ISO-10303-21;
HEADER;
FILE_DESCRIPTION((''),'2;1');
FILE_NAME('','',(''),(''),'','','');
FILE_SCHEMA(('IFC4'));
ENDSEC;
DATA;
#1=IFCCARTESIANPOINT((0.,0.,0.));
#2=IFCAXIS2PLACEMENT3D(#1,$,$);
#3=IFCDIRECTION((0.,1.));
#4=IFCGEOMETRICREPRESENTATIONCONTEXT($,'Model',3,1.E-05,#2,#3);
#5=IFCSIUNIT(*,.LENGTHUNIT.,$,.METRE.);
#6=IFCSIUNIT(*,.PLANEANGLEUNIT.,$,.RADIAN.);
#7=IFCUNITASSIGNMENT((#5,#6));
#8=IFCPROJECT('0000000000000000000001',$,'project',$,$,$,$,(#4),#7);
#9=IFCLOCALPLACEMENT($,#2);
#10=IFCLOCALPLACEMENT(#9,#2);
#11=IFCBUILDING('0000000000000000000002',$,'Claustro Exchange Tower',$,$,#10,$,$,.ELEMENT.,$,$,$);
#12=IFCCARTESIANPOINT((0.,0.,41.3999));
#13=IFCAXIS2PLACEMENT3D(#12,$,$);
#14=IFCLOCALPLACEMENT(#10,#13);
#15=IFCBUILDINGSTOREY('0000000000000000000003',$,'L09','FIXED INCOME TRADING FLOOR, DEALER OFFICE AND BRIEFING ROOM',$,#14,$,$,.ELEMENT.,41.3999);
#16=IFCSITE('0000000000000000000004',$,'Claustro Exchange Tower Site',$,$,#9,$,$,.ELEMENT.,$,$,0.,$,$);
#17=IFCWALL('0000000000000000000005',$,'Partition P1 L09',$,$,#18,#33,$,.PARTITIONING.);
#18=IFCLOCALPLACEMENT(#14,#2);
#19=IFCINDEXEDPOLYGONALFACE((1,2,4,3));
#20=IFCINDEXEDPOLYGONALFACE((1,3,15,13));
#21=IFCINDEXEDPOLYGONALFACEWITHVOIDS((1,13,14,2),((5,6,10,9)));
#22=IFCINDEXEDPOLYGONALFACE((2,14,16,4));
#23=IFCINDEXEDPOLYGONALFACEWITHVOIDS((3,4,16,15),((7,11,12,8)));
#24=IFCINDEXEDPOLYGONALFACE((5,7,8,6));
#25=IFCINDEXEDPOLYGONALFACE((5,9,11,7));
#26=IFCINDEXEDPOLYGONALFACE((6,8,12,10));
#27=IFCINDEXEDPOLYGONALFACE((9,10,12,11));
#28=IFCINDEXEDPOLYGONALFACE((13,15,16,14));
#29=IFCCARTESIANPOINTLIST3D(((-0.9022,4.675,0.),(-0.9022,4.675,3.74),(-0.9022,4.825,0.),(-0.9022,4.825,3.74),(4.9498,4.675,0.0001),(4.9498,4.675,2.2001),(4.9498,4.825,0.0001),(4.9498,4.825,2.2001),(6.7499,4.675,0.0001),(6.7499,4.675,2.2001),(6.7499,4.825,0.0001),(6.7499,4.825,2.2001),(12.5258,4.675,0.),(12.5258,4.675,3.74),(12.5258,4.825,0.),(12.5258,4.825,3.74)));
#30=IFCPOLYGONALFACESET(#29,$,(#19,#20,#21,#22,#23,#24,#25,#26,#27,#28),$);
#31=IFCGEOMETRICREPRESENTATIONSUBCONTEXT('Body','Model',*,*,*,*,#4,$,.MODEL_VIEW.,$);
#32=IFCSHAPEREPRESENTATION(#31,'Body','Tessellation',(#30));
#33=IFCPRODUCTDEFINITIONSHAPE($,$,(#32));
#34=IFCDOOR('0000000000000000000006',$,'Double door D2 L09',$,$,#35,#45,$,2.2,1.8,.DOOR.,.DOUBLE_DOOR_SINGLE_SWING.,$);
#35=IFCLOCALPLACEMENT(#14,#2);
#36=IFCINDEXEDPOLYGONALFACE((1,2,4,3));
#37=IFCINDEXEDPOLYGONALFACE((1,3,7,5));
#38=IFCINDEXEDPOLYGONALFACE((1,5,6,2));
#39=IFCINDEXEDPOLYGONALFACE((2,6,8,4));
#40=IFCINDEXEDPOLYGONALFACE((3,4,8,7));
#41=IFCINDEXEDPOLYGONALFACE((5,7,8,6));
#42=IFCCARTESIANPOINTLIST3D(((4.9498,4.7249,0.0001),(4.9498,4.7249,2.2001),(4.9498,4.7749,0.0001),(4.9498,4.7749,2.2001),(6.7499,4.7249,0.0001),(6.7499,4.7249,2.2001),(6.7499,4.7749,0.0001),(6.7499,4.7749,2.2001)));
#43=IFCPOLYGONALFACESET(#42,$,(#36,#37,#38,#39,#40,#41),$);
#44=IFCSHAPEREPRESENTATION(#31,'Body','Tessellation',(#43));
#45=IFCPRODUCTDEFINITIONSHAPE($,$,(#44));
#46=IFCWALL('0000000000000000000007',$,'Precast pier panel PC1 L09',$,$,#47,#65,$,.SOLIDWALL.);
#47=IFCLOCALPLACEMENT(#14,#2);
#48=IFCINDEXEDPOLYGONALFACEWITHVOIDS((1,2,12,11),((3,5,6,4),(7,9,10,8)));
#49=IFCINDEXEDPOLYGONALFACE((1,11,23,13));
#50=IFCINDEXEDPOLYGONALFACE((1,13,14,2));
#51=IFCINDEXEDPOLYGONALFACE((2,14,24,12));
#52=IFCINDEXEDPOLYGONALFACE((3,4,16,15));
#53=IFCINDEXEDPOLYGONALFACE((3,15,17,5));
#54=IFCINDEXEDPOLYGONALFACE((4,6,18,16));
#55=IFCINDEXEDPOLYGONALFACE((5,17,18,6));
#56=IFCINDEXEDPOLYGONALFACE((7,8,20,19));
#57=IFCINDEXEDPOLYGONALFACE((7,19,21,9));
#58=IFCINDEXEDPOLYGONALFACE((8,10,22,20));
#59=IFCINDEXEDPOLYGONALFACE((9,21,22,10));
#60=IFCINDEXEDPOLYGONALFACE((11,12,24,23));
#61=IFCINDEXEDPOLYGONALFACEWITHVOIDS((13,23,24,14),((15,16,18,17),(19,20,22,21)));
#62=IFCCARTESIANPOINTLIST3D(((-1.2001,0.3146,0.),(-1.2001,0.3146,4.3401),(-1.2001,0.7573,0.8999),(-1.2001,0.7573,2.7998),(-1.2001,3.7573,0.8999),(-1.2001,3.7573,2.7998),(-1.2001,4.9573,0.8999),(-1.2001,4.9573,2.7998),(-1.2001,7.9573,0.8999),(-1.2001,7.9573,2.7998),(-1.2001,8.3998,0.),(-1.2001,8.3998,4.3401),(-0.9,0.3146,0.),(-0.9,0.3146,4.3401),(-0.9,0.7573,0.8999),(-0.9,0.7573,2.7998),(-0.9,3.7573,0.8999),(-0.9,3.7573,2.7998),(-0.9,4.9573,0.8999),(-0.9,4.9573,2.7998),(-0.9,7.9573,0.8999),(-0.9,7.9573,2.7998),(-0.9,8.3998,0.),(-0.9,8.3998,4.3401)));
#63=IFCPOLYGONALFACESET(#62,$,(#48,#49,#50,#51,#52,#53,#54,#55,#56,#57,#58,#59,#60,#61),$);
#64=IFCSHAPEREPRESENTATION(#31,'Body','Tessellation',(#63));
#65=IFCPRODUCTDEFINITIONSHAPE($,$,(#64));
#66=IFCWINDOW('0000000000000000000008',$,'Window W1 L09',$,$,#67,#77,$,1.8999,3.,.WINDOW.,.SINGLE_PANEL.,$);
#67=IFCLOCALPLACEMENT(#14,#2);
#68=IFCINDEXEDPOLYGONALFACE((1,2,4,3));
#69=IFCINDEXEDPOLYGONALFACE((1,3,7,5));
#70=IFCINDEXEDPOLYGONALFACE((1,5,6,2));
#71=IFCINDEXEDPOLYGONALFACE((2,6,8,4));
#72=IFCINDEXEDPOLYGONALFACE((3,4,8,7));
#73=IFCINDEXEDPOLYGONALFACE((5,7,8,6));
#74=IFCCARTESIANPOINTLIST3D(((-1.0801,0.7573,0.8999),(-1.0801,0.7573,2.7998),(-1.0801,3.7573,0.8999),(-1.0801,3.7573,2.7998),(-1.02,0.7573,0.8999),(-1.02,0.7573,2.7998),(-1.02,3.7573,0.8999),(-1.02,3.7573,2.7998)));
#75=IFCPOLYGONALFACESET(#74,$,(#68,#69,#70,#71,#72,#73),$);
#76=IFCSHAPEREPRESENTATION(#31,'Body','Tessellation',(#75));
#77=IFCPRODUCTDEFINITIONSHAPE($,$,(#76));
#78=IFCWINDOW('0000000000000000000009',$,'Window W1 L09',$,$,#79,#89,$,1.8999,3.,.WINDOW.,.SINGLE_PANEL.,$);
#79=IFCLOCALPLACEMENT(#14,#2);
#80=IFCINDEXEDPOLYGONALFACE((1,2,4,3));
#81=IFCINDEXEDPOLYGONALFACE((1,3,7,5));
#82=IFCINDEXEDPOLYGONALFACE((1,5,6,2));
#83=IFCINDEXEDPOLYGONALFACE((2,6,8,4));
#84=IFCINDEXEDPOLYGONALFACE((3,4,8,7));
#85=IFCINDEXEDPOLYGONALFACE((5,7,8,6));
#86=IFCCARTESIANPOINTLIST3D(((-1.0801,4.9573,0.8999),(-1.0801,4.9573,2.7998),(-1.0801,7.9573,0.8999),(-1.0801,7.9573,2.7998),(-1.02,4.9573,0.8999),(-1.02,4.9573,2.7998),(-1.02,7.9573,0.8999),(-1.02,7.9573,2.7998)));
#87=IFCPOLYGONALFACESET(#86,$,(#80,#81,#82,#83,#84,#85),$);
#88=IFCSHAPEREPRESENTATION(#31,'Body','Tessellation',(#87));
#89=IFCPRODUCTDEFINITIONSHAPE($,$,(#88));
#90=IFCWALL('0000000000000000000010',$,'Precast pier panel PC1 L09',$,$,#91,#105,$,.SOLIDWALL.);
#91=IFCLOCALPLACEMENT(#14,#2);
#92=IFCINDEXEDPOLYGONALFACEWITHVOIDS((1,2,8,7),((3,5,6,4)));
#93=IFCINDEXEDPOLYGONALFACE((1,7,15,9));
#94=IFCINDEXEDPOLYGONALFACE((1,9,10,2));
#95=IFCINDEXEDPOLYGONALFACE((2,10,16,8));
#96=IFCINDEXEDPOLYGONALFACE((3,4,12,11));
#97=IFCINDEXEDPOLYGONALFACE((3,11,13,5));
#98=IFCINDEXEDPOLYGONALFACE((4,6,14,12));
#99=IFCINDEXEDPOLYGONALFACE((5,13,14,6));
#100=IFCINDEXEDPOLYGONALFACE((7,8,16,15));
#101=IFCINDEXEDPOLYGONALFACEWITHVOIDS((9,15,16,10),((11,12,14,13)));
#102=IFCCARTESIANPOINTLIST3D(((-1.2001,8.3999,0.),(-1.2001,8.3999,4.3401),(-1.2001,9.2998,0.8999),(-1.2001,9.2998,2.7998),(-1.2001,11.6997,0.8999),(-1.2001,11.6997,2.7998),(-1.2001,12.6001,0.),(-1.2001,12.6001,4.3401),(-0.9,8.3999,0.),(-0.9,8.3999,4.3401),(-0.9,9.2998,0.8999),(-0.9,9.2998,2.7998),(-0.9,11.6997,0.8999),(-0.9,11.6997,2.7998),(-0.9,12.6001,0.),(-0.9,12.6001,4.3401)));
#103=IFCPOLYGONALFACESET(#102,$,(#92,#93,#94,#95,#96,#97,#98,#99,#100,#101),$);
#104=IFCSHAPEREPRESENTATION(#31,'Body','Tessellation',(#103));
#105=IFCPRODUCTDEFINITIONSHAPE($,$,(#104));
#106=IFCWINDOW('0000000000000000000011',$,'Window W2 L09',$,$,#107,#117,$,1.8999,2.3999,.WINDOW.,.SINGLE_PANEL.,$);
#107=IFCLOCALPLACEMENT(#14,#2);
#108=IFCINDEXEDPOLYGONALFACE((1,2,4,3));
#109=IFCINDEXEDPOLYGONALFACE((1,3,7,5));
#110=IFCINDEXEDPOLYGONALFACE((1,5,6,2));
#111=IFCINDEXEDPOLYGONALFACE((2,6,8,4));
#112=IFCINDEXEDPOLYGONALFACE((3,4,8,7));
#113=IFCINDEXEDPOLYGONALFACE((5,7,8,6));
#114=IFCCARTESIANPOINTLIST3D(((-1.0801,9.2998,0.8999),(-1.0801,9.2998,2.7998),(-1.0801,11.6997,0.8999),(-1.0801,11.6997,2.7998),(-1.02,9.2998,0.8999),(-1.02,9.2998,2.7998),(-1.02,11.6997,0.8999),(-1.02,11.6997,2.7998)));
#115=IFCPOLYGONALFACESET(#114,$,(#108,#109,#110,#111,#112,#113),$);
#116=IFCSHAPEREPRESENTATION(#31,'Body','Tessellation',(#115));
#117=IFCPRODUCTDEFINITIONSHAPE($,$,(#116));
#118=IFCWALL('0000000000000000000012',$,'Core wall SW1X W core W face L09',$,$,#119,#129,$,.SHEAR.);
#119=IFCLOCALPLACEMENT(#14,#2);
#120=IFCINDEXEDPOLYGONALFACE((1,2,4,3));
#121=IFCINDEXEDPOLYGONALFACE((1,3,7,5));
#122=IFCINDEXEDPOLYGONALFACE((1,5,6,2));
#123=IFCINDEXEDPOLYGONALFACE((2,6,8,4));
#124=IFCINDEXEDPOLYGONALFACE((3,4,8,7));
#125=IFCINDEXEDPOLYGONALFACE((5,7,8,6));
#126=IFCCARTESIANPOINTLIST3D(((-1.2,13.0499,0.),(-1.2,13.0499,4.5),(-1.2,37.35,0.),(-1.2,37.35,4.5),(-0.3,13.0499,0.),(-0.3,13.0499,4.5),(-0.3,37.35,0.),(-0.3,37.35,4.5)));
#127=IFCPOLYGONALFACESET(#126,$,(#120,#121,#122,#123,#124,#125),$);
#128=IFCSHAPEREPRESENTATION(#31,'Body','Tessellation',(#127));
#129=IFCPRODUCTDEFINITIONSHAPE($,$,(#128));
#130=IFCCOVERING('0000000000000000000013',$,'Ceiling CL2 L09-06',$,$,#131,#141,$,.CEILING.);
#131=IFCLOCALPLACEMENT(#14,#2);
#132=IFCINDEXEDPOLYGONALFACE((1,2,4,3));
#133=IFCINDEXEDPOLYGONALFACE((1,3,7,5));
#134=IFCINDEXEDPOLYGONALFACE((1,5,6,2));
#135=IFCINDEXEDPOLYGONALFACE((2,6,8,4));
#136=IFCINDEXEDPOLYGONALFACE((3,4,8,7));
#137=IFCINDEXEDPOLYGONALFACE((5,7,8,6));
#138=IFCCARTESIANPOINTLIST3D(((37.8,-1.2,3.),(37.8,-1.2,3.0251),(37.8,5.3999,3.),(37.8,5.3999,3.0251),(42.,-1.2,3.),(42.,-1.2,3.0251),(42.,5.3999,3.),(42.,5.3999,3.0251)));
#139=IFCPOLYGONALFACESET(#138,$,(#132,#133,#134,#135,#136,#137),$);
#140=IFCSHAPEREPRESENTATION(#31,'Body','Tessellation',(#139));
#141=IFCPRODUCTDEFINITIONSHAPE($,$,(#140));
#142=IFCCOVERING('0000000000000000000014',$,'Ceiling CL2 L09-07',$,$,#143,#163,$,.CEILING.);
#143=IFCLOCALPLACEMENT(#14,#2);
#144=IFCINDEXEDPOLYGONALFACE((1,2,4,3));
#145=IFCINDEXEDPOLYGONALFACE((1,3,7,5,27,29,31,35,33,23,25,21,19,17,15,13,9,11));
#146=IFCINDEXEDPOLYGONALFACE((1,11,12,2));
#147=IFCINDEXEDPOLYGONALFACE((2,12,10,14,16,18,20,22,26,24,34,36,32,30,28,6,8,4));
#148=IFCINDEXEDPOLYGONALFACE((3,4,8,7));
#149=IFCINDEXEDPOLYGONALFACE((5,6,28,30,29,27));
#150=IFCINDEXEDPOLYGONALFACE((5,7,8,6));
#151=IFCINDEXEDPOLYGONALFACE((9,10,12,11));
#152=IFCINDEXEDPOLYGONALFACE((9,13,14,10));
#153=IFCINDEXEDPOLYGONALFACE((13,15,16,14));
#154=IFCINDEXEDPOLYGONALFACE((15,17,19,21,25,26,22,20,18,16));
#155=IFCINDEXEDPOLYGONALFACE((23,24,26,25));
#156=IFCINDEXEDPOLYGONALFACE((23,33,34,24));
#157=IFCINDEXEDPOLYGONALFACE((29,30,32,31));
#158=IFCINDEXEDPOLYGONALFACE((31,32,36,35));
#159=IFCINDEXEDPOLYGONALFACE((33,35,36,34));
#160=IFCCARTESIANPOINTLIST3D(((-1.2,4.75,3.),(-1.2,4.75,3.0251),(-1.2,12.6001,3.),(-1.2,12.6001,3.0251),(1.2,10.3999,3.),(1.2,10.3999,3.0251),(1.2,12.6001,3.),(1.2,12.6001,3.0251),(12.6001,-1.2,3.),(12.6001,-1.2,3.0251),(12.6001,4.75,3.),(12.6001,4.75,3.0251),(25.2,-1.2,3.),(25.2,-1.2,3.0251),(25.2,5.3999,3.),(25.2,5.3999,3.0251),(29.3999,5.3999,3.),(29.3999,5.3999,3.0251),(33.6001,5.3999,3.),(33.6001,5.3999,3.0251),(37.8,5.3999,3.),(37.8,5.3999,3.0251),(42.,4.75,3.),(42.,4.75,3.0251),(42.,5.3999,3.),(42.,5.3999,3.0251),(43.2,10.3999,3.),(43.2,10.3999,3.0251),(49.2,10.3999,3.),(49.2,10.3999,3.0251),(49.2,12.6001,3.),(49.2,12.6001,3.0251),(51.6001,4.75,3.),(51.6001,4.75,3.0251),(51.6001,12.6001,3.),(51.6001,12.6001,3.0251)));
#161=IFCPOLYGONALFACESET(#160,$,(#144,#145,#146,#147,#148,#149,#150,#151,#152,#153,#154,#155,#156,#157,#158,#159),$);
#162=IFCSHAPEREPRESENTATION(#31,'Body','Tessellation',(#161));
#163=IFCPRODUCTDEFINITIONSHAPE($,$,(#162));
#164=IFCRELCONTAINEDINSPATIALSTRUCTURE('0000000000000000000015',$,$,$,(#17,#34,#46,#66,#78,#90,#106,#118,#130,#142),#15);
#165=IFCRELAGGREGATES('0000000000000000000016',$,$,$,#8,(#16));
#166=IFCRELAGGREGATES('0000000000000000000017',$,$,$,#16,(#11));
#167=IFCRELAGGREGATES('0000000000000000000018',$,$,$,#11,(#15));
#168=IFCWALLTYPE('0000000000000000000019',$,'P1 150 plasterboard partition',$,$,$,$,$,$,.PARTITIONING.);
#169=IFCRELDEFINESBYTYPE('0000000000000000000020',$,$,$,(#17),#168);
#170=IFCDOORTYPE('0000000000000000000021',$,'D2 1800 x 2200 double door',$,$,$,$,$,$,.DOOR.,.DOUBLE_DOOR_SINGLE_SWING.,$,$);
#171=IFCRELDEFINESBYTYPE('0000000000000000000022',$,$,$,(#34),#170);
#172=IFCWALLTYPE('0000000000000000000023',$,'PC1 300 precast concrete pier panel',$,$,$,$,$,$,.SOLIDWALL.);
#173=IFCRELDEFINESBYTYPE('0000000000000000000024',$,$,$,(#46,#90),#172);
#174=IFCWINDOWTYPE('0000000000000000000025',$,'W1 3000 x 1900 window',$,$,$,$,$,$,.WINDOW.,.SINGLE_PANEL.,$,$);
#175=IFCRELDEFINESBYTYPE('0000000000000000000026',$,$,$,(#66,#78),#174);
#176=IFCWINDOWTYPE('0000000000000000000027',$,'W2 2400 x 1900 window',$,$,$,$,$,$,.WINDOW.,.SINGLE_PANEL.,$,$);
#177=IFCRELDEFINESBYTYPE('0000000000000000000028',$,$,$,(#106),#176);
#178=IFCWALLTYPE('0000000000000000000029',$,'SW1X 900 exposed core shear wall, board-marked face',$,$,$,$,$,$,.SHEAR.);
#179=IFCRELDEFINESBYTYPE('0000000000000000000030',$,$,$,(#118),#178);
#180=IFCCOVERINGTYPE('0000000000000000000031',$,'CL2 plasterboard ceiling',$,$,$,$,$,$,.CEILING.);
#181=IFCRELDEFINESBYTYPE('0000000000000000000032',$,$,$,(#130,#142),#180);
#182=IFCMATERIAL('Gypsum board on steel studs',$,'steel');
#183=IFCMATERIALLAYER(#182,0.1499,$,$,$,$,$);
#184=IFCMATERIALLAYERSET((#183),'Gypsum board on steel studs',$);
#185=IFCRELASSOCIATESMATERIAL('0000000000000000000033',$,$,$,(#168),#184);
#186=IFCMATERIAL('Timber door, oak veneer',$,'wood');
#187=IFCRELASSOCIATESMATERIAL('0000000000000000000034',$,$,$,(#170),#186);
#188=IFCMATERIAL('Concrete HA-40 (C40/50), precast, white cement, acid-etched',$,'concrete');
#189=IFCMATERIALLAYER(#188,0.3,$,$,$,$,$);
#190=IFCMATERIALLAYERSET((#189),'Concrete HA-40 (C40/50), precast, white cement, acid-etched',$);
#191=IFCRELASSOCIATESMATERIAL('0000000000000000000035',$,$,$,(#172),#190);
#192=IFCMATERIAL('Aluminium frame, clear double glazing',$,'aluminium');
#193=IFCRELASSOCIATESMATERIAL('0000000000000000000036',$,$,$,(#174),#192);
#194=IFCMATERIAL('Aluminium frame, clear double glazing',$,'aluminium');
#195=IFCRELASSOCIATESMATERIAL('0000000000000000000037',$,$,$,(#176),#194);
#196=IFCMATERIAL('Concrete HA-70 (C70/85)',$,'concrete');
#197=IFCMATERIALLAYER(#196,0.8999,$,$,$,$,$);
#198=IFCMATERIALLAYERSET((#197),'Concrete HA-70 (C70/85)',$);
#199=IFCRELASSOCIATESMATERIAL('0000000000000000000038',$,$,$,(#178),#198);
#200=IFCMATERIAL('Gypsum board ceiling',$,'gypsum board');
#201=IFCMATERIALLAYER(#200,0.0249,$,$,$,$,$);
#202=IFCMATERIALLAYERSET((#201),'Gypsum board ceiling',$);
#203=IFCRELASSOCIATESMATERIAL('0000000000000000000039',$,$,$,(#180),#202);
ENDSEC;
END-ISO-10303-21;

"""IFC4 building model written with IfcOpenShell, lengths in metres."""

from ifc_helpers import new_model, si_unit, direction, frame, frame_2d, origin, place, context, subcontext, project, spatial, polyline, rectangle, outline, extrude, material, layer, layer_set, type_object, element, fill, save


model = new_model("IFC4")

# Units and contexts
model_context = context("Model", 3, precision=1e-05, world=origin(), true_north=direction((0.0, 1.0)))
body_context = subcontext(model_context, "Body", "Model", "MODEL_VIEW")
ifc_project = project(units=[si_unit("LENGTHUNIT", "METRE"), si_unit("PLANEANGLEUNIT", "RADIAN")], contexts=[model_context])

# Site, building, storey
site_placement = place(None, origin())
site = spatial("IfcSite", under=ifc_project, at=site_placement, Name="Claustro Exchange Tower Site", CompositionType="ELEMENT", RefElevation=0.0)
building_placement = place(site_placement, origin())
building = spatial("IfcBuilding", under=site, at=building_placement, Name="Claustro Exchange Tower", CompositionType="ELEMENT")
storey_placement = place(building_placement, frame((0.0, 0.0, 41.3999)))
storey = spatial("IfcBuildingStorey", under=building, at=storey_placement, Name="L09", Description="FIXED INCOME TRADING FLOOR, DEALER OFFICE AND BRIEFING ROOM", CompositionType="ELEMENT", Elevation=41.3999)

# Wall, opening, door
ifc_material_1 = material(Name="Gypsum board on steel studs", Category="steel")
ifc_layer_1 = layer(ifc_material_1, 0.1499)
ifc_layer_set_1 = layer_set([ifc_layer_1], Name="Gypsum board on steel studs")
wall_type_1 = type_object("IfcWallType", Name="P1 150 plasterboard partition", PredefinedType="PARTITIONING", material=ifc_layer_set_1)
wall_1_placement = place(storey_placement, frame((-0.9021, 4.75, 0.0), z_axis=(0.0, 0.0, 1.0), x_axis=(1.0, 0.0, 0.0)))
wall_1 = element("IfcWall", 1, at=wall_1_placement, inside=storey, type_object=wall_type_1, Name="Partition P1 L09", PredefinedType="PARTITIONING", context=body_context, shape_type="SweptSolid", body=[
    extrude(rectangle(XDim=13.428, YDim=0.1499, at=frame_2d((6.7139, 0.0))), origin(), (0.0, 0.0, 1.0), 3.74),
])
opening_1_placement = place(wall_1_placement, frame((5.8521, 0.0, 0.0)))
opening_1 = element("IfcOpeningElement", 2, at=opening_1_placement, cuts=wall_1, PredefinedType="OPENING", context=body_context, shape_type="SweptSolid", body=[
    extrude(rectangle(XDim=1.8, YDim=2.2, at=frame_2d((0.8999, 1.1001))), frame((0.0, 0.085, 0.0), z_axis=(0.0, -1.0, 0.0), x_axis=(1.0, 0.0, 0.0)), (0.0, 0.0, 1.0), 0.1699),
])
ifc_material_2 = material(Name="Timber door, oak veneer", Category="wood")
door_type_1 = type_object("IfcDoorType", Name="D2 1800 x 2200 double door", OperationType="DOUBLE_DOOR_SINGLE_SWING", PredefinedType="DOOR", material=ifc_material_2)
door_1_placement = place(opening_1_placement, origin())
door_1 = element("IfcDoor", 3, at=door_1_placement, inside=storey, type_object=door_type_1, Name="Double door D2 L09", OperationType="DOUBLE_DOOR_SINGLE_SWING", OverallHeight=2.2, OverallWidth=1.8, PredefinedType="DOOR", context=body_context, shape_type="SweptSolid", body=[
    extrude(rectangle(XDim=1.8, YDim=2.2, at=frame_2d((0.8999, 1.1001))), frame((0.0, 0.0249, 0.0), z_axis=(0.0, -1.0, 0.0), x_axis=(1.0, 0.0, 0.0)), (0.0, 0.0, 1.0), 0.05),
])
fill(opening_1, door_1)

# Wall, openings, windows
ifc_material_3 = material(Name="Concrete HA-40 (C40/50), precast, white cement, acid-etched", Category="concrete")
ifc_layer_2 = layer(ifc_material_3, 0.3)
ifc_layer_set_2 = layer_set([ifc_layer_2], Name="Concrete HA-40 (C40/50), precast, white cement, acid-etched")
wall_type_2 = type_object("IfcWallType", Name="PC1 300 precast concrete pier panel", PredefinedType="SOLIDWALL", material=ifc_layer_set_2)
wall_2_placement = place(storey_placement, frame((-1.05, 0.3147, 0.0), z_axis=(0.0, 0.0, 1.0), x_axis=(0.0, 1.0, 0.0)))
wall_2 = element("IfcWall", 4, at=wall_2_placement, inside=storey, type_object=wall_type_2, Name="Precast pier panel PC1 L09", PredefinedType="SOLIDWALL", context=body_context, shape_type="SweptSolid", body=[
    extrude(rectangle(XDim=8.0852, YDim=0.3, at=frame_2d((4.0425, 0.0))), origin(), (0.0, 0.0, 1.0), 4.3401),
])
opening_2_placement = place(wall_2_placement, frame((0.4426, 0.0, 0.8999)))
opening_2 = element("IfcOpeningElement", 5, at=opening_2_placement, cuts=wall_2, PredefinedType="OPENING", context=body_context, shape_type="SweptSolid", body=[
    extrude(rectangle(XDim=3.0, YDim=1.8999, at=frame_2d((1.5, 0.95))), frame((0.0, 0.1599, 0.0), z_axis=(0.0, -1.0, 0.0), x_axis=(1.0, 0.0, 0.0)), (0.0, 0.0, 1.0), 0.3201),
])
opening_3_placement = place(wall_2_placement, frame((4.6426, 0.0, 0.8999)))
opening_3 = element("IfcOpeningElement", 6, at=opening_3_placement, cuts=wall_2, PredefinedType="OPENING", context=body_context, shape_type="SweptSolid", body=[
    extrude(rectangle(XDim=3.0, YDim=1.8999, at=frame_2d((1.5, 0.95))), frame((0.0, 0.1599, 0.0), z_axis=(0.0, -1.0, 0.0), x_axis=(1.0, 0.0, 0.0)), (0.0, 0.0, 1.0), 0.3201),
])
ifc_material_4 = material(Name="Aluminium frame, clear double glazing", Category="aluminium")
window_type_1 = type_object("IfcWindowType", Name="W1 3000 x 1900 window", PartitioningType="SINGLE_PANEL", PredefinedType="WINDOW", material=ifc_material_4)
window_1_placement = place(opening_2_placement, origin())
window_1 = element("IfcWindow", 7, at=window_1_placement, inside=storey, type_object=window_type_1, Name="Window W1 L09", OverallHeight=1.8999, OverallWidth=3.0, PartitioningType="SINGLE_PANEL", PredefinedType="WINDOW", context=body_context, shape_type="SweptSolid", body=[
    extrude(rectangle(XDim=3.0, YDim=1.8999, at=frame_2d((1.5, 0.95))), frame((0.0, 0.03, 0.0), z_axis=(0.0, -1.0, 0.0), x_axis=(1.0, 0.0, 0.0)), (0.0, 0.0, 1.0), 0.0601),
])
fill(opening_2, window_1)
window_2_placement = place(opening_3_placement, origin())
window_2 = element("IfcWindow", 8, at=window_2_placement, inside=storey, type_object=window_type_1, Name="Window W1 L09", OverallHeight=1.8999, OverallWidth=3.0, PartitioningType="SINGLE_PANEL", PredefinedType="WINDOW", context=body_context, shape_type="SweptSolid", body=[
    extrude(rectangle(XDim=3.0, YDim=1.8999, at=frame_2d((1.5, 0.95))), frame((0.0, 0.03, 0.0), z_axis=(0.0, -1.0, 0.0), x_axis=(1.0, 0.0, 0.0)), (0.0, 0.0, 1.0), 0.0601),
])
fill(opening_3, window_2)

# Wall, opening, window
wall_3_placement = place(storey_placement, frame((-1.05, 8.3999, 0.0), z_axis=(0.0, 0.0, 1.0), x_axis=(0.0, 1.0, 0.0)))
wall_3 = element("IfcWall", 9, at=wall_3_placement, inside=storey, type_object=wall_type_2, Name="Precast pier panel PC1 L09", PredefinedType="SOLIDWALL", context=body_context, shape_type="SweptSolid", body=[
    extrude(rectangle(XDim=4.2002, YDim=0.3, at=frame_2d((2.1001, 0.0))), origin(), (0.0, 0.0, 1.0), 4.3401),
])
opening_4_placement = place(wall_3_placement, frame((0.8999, 0.0, 0.8999)))
opening_4 = element("IfcOpeningElement", 10, at=opening_4_placement, cuts=wall_3, PredefinedType="OPENING", context=body_context, shape_type="SweptSolid", body=[
    extrude(rectangle(XDim=2.3999, YDim=1.8999, at=frame_2d((1.2, 0.95))), frame((0.0, 0.1599, 0.0), z_axis=(0.0, -1.0, 0.0), x_axis=(1.0, 0.0, 0.0)), (0.0, 0.0, 1.0), 0.3201),
])
ifc_material_5 = material(Name="Aluminium frame, clear double glazing", Category="aluminium")
window_type_2 = type_object("IfcWindowType", Name="W2 2400 x 1900 window", PartitioningType="SINGLE_PANEL", PredefinedType="WINDOW", material=ifc_material_5)
window_3_placement = place(opening_4_placement, origin())
window_3 = element("IfcWindow", 11, at=window_3_placement, inside=storey, type_object=window_type_2, Name="Window W2 L09", OverallHeight=1.8999, OverallWidth=2.3999, PartitioningType="SINGLE_PANEL", PredefinedType="WINDOW", context=body_context, shape_type="SweptSolid", body=[
    extrude(rectangle(XDim=2.3999, YDim=1.8999, at=frame_2d((1.2, 0.95))), frame((0.0, 0.03, 0.0), z_axis=(0.0, -1.0, 0.0), x_axis=(1.0, 0.0, 0.0)), (0.0, 0.0, 1.0), 0.0601),
])
fill(opening_4, window_3)

# Wall
ifc_material_6 = material(Name="Concrete HA-70 (C70/85)", Category="concrete")
ifc_layer_3 = layer(ifc_material_6, 0.8999)
ifc_layer_set_3 = layer_set([ifc_layer_3], Name="Concrete HA-70 (C70/85)")
wall_type_3 = type_object("IfcWallType", Name="SW1X 900 exposed core shear wall, board-marked face", PredefinedType="SHEAR", material=ifc_layer_set_3)
wall_4_placement = place(storey_placement, frame((-0.75, 13.05, 0.0), z_axis=(0.0, 0.0, 1.0), x_axis=(0.0, 1.0, 0.0)))
element("IfcWall", 12, at=wall_4_placement, inside=storey, type_object=wall_type_3, Name="Core wall SW1X W core W face L09", PredefinedType="SHEAR", context=body_context, shape_type="SweptSolid", body=[
    extrude(rectangle(XDim=24.3, YDim=0.8999, at=frame_2d((12.1499, 0.0))), origin(), (0.0, 0.0, 1.0), 4.5),
])

# Coverings
ifc_material_7 = material(Name="Gypsum board ceiling", Category="gypsum board")
ifc_layer_4 = layer(ifc_material_7, 0.0249)
ifc_layer_set_4 = layer_set([ifc_layer_4], Name="Gypsum board ceiling")
covering_type_1 = type_object("IfcCoveringType", Name="CL2 plasterboard ceiling", PredefinedType="CEILING", material=ifc_layer_set_4)
covering_1_placement = place(storey_placement, frame((0.0, 0.0, 3.0)))
element("IfcCovering", 13, at=covering_1_placement, inside=storey, type_object=covering_type_1, Name="Ceiling CL2 L09-06", PredefinedType="CEILING", context=body_context, shape_type="SweptSolid", body=[
    extrude(outline(polyline([(37.8, -1.2), (42.0, -1.2), (42.0, 5.3999), (37.8, 5.3999), (37.8, -1.2)])), origin(), (0.0, 0.0, 1.0), 0.0251),
])
covering_2_placement = place(storey_placement, frame((0.0, 0.0, 3.0)))
element("IfcCovering", 14, at=covering_2_placement, inside=storey, type_object=covering_type_1, Name="Ceiling CL2 L09-07", PredefinedType="CEILING", context=body_context, shape_type="SweptSolid", body=[
    extrude(outline(polyline([(-1.2, 12.6001), (-1.2, 4.75), (12.6001, 4.75), (12.6001, -1.2), (25.2, -1.2), (25.2, 5.3999), (29.3999, 5.3999), (33.6001, 5.3999), (37.8, 5.3999), (42.0, 5.3999), (42.0, 4.75), (51.6001, 4.75), (51.6001, 12.6001), (49.2, 12.6001), (49.2, 10.3999), (43.2, 10.3999), (1.2, 10.3999), (1.2, 12.6001), (-1.2, 12.6001)])), origin(), (0.0, 0.0, 1.0), 0.0251),
])

save(model, "model.ifc")
